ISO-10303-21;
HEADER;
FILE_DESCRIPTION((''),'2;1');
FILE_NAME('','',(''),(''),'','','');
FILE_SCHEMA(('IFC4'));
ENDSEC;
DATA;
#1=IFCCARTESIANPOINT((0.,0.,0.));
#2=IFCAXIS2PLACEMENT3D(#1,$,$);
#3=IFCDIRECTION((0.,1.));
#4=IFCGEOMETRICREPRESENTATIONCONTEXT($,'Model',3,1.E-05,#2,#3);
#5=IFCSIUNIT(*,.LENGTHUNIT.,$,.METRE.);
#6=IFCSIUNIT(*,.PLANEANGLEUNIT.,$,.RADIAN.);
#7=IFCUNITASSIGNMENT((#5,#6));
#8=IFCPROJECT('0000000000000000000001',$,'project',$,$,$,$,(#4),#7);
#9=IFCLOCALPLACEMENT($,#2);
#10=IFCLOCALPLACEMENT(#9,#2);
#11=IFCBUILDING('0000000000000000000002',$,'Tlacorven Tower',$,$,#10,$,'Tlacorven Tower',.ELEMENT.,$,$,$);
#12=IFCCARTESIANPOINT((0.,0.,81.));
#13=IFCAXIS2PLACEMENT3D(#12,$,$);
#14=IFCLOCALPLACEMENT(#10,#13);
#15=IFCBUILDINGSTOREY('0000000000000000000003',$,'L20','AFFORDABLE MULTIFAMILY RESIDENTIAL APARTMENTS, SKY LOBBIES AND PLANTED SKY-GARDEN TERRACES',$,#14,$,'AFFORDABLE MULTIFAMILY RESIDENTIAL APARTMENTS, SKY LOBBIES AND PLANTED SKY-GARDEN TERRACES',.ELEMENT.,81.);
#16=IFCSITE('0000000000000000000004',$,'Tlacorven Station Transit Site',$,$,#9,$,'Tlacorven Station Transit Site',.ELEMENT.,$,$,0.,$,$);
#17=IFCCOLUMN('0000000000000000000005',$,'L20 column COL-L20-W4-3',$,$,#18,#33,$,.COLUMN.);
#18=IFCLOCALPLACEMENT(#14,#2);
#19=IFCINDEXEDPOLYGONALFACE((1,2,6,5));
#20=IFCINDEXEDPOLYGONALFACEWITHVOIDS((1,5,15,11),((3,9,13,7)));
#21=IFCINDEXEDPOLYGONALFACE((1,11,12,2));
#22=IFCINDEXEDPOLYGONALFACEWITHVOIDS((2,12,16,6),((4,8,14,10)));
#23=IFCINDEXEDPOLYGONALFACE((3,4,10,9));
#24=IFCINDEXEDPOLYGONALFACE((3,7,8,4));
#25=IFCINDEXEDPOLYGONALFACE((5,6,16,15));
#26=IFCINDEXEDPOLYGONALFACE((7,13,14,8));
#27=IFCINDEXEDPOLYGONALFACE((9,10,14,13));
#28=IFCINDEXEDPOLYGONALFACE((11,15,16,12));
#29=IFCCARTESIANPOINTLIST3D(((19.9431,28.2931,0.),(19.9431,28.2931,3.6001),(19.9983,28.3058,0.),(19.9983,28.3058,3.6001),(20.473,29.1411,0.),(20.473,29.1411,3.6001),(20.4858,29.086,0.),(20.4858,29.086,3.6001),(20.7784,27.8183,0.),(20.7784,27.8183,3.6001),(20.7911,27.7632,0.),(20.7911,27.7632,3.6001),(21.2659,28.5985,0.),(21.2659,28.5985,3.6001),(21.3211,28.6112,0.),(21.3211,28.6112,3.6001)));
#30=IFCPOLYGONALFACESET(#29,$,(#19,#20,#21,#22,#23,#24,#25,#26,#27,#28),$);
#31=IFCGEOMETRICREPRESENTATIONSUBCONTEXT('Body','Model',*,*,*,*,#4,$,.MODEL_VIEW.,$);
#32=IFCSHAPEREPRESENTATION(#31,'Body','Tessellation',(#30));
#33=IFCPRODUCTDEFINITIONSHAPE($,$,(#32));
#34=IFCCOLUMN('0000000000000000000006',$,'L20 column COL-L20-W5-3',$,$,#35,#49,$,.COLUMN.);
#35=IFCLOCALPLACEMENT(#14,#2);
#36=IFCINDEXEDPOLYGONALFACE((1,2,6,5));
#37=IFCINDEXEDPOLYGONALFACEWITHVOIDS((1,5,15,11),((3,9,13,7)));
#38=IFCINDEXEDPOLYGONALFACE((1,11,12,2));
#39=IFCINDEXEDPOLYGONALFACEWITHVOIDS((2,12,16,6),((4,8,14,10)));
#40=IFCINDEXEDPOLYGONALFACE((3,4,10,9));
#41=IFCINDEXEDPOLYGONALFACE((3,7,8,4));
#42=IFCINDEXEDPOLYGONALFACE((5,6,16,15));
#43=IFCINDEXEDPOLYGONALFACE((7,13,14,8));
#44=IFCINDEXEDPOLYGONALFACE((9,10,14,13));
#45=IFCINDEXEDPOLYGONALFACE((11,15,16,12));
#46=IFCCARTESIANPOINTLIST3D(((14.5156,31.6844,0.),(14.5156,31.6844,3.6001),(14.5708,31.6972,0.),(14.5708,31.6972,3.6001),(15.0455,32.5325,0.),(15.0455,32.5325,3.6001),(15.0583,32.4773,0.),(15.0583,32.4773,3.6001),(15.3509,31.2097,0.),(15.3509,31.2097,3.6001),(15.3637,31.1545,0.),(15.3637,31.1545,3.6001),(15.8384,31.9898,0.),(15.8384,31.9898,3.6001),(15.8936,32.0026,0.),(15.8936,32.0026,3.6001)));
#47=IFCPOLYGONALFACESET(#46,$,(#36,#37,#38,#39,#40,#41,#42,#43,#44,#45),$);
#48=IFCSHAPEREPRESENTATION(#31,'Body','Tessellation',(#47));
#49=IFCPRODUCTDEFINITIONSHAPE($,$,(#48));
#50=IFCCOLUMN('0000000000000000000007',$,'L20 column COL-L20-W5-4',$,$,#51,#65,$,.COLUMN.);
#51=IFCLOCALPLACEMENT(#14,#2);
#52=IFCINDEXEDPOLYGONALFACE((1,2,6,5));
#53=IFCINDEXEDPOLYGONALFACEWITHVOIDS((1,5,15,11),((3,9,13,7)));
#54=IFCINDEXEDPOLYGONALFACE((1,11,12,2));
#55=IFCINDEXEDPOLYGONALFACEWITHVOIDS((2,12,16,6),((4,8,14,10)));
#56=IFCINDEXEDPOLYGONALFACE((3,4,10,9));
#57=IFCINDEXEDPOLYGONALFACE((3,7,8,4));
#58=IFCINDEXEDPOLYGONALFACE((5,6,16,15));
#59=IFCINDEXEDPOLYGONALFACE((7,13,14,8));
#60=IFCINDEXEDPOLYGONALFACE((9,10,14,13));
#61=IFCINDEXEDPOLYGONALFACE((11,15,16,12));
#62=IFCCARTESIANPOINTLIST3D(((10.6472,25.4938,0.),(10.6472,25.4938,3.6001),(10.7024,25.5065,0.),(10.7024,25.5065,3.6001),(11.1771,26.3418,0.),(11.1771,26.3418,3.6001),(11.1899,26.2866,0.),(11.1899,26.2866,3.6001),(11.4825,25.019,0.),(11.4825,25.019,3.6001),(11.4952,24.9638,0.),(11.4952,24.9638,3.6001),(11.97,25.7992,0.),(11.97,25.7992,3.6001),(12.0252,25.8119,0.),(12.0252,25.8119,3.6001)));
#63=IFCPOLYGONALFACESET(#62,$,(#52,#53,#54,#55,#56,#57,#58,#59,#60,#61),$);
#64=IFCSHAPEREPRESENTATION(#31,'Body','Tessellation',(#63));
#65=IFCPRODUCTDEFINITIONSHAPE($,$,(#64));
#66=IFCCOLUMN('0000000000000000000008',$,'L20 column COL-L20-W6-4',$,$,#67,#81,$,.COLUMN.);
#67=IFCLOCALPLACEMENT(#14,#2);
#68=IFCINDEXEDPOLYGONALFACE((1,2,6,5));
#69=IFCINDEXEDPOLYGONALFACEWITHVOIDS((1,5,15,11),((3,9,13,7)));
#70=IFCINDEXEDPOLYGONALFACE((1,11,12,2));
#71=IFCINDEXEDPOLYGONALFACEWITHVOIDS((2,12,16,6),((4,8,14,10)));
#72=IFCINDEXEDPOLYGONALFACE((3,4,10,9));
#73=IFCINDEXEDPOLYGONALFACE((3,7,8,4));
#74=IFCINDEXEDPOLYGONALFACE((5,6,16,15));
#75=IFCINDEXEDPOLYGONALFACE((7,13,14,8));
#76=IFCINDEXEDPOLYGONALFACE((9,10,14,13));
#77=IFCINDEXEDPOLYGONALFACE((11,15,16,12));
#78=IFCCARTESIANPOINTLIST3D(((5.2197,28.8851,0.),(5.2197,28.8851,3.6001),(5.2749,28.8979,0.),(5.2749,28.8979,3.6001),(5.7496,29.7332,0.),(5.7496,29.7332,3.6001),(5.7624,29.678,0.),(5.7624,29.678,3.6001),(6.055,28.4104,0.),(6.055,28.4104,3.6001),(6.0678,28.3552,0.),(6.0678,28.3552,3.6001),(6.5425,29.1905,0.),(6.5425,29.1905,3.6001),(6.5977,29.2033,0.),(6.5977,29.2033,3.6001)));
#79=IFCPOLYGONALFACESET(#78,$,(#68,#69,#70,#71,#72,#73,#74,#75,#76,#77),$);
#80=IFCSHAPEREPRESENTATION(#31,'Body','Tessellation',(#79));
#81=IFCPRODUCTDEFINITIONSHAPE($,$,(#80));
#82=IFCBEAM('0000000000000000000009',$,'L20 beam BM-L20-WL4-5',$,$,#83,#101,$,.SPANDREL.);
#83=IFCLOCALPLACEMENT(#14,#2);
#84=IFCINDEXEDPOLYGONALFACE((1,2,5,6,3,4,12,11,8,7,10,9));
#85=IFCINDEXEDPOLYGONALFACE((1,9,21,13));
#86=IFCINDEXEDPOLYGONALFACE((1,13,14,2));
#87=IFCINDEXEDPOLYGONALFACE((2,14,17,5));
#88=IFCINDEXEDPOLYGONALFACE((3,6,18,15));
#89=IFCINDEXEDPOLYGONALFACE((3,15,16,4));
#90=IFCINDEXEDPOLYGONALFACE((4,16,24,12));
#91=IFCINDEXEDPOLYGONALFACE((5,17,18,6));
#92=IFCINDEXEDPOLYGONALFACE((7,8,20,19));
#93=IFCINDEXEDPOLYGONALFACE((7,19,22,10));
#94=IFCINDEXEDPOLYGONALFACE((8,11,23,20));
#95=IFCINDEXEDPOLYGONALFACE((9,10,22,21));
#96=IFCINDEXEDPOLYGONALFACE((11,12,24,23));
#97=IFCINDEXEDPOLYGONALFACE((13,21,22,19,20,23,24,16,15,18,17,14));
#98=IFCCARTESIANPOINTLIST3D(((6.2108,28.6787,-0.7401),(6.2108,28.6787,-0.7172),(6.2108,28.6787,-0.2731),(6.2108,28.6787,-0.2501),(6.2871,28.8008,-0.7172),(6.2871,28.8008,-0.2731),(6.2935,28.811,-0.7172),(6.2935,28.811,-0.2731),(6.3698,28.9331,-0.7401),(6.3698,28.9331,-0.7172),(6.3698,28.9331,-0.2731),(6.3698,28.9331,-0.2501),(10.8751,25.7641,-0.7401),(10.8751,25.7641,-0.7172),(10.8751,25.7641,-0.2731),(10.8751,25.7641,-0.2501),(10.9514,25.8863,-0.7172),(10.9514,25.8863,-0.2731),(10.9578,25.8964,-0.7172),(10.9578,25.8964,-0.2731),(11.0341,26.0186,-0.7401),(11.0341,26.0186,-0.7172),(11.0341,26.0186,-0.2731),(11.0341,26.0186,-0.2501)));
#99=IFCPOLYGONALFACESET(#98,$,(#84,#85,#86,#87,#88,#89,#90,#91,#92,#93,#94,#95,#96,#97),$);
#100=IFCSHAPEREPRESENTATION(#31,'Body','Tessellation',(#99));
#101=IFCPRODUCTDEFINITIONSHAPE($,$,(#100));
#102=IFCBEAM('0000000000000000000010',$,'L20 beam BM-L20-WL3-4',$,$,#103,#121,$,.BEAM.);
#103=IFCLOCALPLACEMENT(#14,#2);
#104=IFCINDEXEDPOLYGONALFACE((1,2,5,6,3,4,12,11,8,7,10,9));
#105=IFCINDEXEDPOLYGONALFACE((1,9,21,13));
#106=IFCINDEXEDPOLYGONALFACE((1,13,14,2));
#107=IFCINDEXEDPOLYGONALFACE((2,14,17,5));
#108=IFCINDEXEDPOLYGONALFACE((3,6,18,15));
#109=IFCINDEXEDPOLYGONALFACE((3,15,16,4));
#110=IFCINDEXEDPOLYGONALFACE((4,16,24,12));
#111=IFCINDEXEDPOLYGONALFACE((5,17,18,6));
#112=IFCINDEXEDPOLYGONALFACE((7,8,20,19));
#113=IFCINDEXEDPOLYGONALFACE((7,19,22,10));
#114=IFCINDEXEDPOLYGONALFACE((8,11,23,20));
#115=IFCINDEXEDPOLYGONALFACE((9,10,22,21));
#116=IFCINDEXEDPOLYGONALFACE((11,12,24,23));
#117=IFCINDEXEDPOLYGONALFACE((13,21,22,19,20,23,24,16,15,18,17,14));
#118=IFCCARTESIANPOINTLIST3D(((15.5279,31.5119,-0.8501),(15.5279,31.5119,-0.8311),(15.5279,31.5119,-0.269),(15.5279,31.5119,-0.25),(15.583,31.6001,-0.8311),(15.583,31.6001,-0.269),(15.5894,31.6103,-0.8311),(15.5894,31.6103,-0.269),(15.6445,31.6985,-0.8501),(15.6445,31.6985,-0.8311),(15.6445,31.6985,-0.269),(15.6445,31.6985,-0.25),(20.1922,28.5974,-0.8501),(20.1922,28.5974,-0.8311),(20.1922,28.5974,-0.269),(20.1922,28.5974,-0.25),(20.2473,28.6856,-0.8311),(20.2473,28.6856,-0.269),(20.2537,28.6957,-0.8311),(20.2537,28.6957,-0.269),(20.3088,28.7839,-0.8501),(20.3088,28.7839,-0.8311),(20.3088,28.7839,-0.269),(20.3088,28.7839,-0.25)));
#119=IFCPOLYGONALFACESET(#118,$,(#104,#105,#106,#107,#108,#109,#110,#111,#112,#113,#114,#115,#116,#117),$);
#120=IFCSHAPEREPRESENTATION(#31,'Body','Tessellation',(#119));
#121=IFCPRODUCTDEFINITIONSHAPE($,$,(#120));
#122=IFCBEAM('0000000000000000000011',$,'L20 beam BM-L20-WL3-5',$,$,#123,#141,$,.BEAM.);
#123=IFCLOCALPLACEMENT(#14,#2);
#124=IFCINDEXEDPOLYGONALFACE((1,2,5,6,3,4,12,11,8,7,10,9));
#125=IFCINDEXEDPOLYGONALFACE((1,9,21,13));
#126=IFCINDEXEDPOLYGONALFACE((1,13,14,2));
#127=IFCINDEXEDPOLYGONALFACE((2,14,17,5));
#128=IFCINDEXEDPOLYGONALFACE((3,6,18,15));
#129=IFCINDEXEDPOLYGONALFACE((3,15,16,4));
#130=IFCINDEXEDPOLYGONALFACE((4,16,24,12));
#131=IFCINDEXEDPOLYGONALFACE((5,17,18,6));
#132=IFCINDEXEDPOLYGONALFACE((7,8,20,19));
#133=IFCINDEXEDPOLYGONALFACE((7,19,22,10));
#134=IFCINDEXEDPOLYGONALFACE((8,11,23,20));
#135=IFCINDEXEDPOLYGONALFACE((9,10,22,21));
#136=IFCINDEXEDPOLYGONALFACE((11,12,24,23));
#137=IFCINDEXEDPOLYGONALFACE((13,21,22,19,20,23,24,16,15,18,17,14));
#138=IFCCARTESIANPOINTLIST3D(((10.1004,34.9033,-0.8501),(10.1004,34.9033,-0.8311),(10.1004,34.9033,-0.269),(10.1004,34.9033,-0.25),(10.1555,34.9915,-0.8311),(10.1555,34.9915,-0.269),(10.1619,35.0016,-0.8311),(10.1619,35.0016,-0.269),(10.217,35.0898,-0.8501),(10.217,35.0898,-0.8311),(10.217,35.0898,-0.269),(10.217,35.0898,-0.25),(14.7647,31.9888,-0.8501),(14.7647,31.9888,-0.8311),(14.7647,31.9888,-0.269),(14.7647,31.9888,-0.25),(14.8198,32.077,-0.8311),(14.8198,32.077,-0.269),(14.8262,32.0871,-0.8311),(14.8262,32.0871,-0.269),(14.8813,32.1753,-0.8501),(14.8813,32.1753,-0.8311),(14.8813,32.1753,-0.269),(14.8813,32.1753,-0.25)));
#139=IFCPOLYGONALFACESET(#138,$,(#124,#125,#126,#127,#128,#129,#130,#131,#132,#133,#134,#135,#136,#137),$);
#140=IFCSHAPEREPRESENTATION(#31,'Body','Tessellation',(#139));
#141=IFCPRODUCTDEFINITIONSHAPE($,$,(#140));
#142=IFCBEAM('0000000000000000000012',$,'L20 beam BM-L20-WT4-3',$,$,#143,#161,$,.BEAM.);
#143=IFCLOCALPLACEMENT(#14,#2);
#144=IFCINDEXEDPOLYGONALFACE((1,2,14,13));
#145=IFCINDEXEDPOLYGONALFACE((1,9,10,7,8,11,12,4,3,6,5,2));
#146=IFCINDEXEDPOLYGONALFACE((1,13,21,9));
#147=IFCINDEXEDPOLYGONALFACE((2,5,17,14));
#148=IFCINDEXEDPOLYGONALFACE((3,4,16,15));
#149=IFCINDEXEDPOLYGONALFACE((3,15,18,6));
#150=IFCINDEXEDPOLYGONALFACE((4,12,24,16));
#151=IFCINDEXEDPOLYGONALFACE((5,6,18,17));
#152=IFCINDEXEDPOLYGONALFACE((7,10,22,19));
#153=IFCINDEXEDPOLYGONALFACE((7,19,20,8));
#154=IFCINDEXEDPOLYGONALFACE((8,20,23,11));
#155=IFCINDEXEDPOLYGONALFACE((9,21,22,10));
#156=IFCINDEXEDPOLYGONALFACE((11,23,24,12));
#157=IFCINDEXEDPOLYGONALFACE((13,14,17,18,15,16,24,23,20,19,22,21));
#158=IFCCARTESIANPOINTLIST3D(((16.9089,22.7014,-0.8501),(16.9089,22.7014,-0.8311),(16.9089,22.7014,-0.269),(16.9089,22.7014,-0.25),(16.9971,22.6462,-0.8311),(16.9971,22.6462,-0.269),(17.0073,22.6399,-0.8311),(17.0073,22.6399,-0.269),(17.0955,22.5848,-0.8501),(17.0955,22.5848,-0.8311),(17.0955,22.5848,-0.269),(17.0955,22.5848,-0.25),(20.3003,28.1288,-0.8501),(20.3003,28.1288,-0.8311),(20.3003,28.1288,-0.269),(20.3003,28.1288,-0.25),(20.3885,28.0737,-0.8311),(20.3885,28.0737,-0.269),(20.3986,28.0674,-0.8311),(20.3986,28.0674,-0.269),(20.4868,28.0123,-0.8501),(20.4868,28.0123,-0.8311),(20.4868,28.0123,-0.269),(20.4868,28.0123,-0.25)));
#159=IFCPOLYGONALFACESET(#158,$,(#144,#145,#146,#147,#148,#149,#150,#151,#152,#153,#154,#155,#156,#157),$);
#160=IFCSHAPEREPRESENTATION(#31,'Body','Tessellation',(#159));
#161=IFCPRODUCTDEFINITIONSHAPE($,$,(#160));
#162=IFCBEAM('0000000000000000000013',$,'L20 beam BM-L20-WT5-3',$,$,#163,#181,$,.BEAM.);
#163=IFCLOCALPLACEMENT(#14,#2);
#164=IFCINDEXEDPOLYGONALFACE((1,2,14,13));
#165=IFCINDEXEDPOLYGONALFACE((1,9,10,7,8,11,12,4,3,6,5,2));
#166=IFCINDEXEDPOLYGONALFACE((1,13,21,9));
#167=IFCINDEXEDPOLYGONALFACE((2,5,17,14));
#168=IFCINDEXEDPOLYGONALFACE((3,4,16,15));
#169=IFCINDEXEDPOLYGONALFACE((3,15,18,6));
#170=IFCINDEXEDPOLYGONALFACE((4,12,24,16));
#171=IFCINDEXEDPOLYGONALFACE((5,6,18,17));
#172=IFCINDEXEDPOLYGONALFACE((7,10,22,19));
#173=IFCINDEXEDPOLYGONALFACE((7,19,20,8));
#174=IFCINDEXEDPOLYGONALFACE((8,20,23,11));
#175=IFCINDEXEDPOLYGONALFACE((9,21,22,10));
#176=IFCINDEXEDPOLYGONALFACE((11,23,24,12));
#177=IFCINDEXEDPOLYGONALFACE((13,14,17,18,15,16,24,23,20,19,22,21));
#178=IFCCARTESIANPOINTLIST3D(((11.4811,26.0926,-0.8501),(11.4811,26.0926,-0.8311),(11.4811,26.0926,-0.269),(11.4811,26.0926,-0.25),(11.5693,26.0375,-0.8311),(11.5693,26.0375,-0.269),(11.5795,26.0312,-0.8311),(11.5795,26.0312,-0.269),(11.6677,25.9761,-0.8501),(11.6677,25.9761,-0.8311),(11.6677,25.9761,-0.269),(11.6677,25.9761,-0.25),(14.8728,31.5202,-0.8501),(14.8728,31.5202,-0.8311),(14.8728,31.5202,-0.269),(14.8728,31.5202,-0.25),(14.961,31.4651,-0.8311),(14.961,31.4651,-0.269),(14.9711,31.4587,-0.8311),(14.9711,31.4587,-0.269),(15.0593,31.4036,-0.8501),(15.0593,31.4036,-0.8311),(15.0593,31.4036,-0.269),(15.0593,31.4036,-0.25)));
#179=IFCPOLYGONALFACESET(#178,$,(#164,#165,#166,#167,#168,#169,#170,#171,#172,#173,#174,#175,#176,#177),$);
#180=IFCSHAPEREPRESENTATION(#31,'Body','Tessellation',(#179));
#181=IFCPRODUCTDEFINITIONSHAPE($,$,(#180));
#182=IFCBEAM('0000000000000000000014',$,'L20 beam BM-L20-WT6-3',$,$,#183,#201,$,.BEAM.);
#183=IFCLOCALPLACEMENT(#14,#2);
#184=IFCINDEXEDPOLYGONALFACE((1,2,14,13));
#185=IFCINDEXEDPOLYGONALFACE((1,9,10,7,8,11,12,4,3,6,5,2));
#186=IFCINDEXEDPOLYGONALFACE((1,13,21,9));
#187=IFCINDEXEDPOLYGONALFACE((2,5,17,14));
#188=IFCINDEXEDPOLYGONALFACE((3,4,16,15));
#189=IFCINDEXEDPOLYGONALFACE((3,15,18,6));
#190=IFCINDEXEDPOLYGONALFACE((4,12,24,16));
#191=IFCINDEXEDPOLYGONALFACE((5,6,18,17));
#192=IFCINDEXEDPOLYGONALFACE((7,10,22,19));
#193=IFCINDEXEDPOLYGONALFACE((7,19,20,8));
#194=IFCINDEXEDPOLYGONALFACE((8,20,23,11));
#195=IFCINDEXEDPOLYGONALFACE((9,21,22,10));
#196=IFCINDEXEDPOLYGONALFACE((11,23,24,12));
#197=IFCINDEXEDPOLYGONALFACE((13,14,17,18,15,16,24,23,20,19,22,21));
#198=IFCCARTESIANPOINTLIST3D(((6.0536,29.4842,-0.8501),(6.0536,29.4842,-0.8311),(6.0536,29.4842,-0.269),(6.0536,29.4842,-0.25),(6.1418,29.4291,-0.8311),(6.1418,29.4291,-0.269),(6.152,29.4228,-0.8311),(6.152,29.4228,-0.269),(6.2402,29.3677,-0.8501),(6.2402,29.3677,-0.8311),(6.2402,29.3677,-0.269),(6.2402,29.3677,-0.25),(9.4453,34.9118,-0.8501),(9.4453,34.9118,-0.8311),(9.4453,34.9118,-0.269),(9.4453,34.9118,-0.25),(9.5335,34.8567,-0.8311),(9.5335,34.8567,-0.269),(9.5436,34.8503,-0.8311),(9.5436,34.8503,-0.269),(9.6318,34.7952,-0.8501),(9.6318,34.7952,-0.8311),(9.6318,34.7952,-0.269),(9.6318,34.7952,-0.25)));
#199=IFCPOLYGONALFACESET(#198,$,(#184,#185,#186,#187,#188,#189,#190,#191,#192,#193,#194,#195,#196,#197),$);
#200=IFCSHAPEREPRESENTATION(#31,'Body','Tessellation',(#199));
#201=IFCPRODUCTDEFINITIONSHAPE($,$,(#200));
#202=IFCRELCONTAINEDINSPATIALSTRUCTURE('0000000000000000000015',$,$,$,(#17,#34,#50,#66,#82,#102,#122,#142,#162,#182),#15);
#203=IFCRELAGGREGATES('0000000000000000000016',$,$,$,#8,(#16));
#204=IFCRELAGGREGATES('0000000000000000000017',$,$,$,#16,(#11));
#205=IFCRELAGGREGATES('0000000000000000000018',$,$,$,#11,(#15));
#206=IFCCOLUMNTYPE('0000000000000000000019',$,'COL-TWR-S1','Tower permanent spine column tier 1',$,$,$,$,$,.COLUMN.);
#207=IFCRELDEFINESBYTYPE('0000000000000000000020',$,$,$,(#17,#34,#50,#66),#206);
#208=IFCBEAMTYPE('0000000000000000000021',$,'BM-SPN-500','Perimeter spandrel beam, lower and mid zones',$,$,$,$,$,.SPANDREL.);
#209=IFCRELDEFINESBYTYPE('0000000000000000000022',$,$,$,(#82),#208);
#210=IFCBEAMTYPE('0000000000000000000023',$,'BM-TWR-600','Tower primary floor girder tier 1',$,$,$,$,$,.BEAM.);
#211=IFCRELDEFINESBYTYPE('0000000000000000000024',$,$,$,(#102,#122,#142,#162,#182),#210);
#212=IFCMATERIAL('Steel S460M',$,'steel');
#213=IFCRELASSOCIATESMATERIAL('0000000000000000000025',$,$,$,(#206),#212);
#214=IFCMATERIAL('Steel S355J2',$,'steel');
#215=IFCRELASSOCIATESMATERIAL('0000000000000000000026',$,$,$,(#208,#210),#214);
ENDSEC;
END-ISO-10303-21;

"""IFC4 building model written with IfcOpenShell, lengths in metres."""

from ifc_helpers import new_model, si_unit, direction, frame, origin, origin_2d, place, context, subcontext, project, spatial, hollow_rectangle, i_section, extrude, source, transform, mapped, material, material_profile, profile_set, type_object, element, save


model = new_model("IFC4")

# Units and contexts
model_context = context("Model", 3, precision=1e-05, world=origin(), true_north=direction((0.0, 1.0)))
body_context = subcontext(model_context, "Body", "Model", "MODEL_VIEW")
ifc_project = project(units=[si_unit("LENGTHUNIT", "METRE"), si_unit("PLANEANGLEUNIT", "RADIAN")], contexts=[model_context])

# Site, building, storey
site_placement = place(None, origin())
site = spatial("IfcSite", under=ifc_project, at=site_placement, Name="Tlacorven Station Transit Site", LongName="Tlacorven Station Transit Site", CompositionType="ELEMENT", RefElevation=0.0)
building_placement = place(site_placement, origin())
building = spatial("IfcBuilding", under=site, at=building_placement, Name="Tlacorven Tower", LongName="Tlacorven Tower", CompositionType="ELEMENT")
storey_placement = place(building_placement, frame((0.0, 0.0, 81.0)))
storey = spatial("IfcBuildingStorey", under=building, at=storey_placement, Name="L20", Description="AFFORDABLE MULTIFAMILY RESIDENTIAL APARTMENTS, SKY LOBBIES AND PLANTED SKY-GARDEN TERRACES", LongName="AFFORDABLE MULTIFAMILY RESIDENTIAL APARTMENTS, SKY LOBBIES AND PLANTED SKY-GARDEN TERRACES", CompositionType="ELEMENT", Elevation=81.0)

# Columns
ifc_material_1 = material(Name="Steel S460M", Category="steel")
ifc_material_profile_1 = material_profile(ifc_material_1, hollow_rectangle(XDim=1.0, YDim=1.0, WallThickness=0.04, at=origin_2d()), Name="BOX 1000X1000X40")
ifc_profile_set_1 = profile_set([ifc_material_profile_1], Name="Steel S460M")
column_type = type_object("IfcColumnType", Name="COL-TWR-S1", Description="Tower permanent spine column tier 1", PredefinedType="COLUMN", material=ifc_profile_set_1)
shared_shape_1 = source(origin(), body_context, "Body", "SweptSolid", [
    extrude(hollow_rectangle(XDim=1.0, YDim=1.0, WallThickness=0.04, at=origin_2d()), origin(), (0.0, 0.0, 1.0), 3.6001),
])
for number, where, z_axis, x_axis, name in (
    (1, (20.6321, 28.4521, 0.0), (0.0, 0.0, 1.0), (-0.848048, 0.529919, 0.0), "L20 column COL-L20-W4-3"),
    (2, (15.2046, 31.8435, 0.0), (0.0, 0.0, 1.0), (-0.848048, 0.529919, 0.0), "L20 column COL-L20-W5-3"),
    (3, (11.3362, 25.6528, 0.0), (0.0, 0.0, 1.0), (-0.848048, 0.529919, 0.0), "L20 column COL-L20-W5-4"),
    (4, (5.9087, 29.0442, 0.0), (0.0, 0.0, 1.0), (-0.848048, 0.529919, 0.0), "L20 column COL-L20-W6-4"),
):
    element("IfcColumn", number, at=place(storey_placement, frame(where, z_axis=z_axis, x_axis=x_axis)), inside=storey, type_object=column_type, Name=name, PredefinedType="COLUMN", context=body_context, shape_type="MappedRepresentation", body=[
        mapped(shared_shape_1, transform((0.0, 0.0, 0.0), scale=1.0)),
    ])

# Beams
ifc_material_2 = material(Name="Steel S355J2", Category="steel")
ifc_material_profile_2 = material_profile(ifc_material_2, i_section(OverallWidth=0.3, OverallDepth=0.49, WebThickness=0.012, FlangeThickness=0.0229, at=origin_2d()), Name="HEA 500")
ifc_profile_set_2 = profile_set([ifc_material_profile_2], Name="Steel S355J2")
beam_type_1 = type_object("IfcBeamType", Name="BM-SPN-500", Description="Perimeter spandrel beam, lower and mid zones", PredefinedType="SPANDREL", material=ifc_profile_set_2)
shared_shape_2 = source(origin(), body_context, "Body", "SweptSolid", [
    extrude(i_section(OverallWidth=0.3, OverallDepth=0.49, WebThickness=0.012, FlangeThickness=0.0229, at=origin_2d()), origin(), (0.0, 0.0, 1.0), 5.5),
])
beam_1_placement = place(storey_placement, frame((10.9546, 25.8914, -0.4951), z_axis=(-0.848051, 0.529915, 0.0), x_axis=(-0.529915, -0.848051, 0.0)))
element("IfcBeam", 5, at=beam_1_placement, inside=storey, type_object=beam_type_1, Name="L20 beam BM-L20-WL4-5", PredefinedType="SPANDREL", context=body_context, shape_type="MappedRepresentation", body=[
    mapped(shared_shape_2, transform((0.0, 0.0, 0.0), scale=1.0)),
])
ifc_material_profile_3 = material_profile(ifc_material_2, i_section(OverallWidth=0.22, OverallDepth=0.6001, WebThickness=0.012, FlangeThickness=0.019, at=origin_2d()), Name="IPE 600")
ifc_profile_set_3 = profile_set([ifc_material_profile_3], Name="Steel S355J2")
beam_type_2 = type_object("IfcBeamType", Name="BM-TWR-600", Description="Tower primary floor girder tier 1", PredefinedType="BEAM", material=ifc_profile_set_3)
shared_shape_3 = source(origin(), body_context, "Body", "SweptSolid", [
    extrude(i_section(OverallWidth=0.22, OverallDepth=0.6001, WebThickness=0.012, FlangeThickness=0.019, at=origin_2d()), origin(), (0.0, 0.0, 1.0), 5.5),
])
for number, where, z_axis, x_axis, name in (
    (6, (20.2505, 28.6907, -0.55), (-0.848051, 0.529915, 0.0), (-0.529915, -0.848051, 0.0), "L20 beam BM-L20-WL3-4"),
    (7, (14.823, 32.082, -0.55), (-0.848051, 0.529915, 0.0), (-0.529915, -0.848051, 0.0), "L20 beam BM-L20-WL3-5"),
):
    element("IfcBeam", number, at=place(storey_placement, frame(where, z_axis=z_axis, x_axis=x_axis)), inside=storey, type_object=beam_type_2, Name=name, PredefinedType="BEAM", context=body_context, shape_type="MappedRepresentation", body=[
        mapped(shared_shape_3, transform((0.0, 0.0, 0.0), scale=1.0)),
    ])
shared_shape_4 = source(origin(), body_context, "Body", "SweptSolid", [
    extrude(i_section(OverallWidth=0.22, OverallDepth=0.6001, WebThickness=0.012, FlangeThickness=0.019, at=origin_2d()), origin(), (0.0, 0.0, 1.0), 6.3999),
])
beam_2_placement = place(storey_placement, frame((20.3936, 28.0706, -0.55), z_axis=(-0.529906, -0.848056, 0.0), x_axis=(0.848056, -0.529906, 0.0)))
element("IfcBeam", 8, at=beam_2_placement, inside=storey, type_object=beam_type_2, Name="L20 beam BM-L20-WT4-3", PredefinedType="BEAM", context=body_context, shape_type="MappedRepresentation", body=[
    mapped(shared_shape_4, transform((0.0, 0.0, 0.0), scale=1.0)),
])
shared_shape_5 = source(origin(), body_context, "Body", "SweptSolid", [
    extrude(i_section(OverallWidth=0.22, OverallDepth=0.6001, WebThickness=0.012, FlangeThickness=0.019, at=origin_2d()), origin(), (0.0, 0.0, 1.0), 6.4001),
])
for number, where, z_axis, x_axis, name in (
    (9, (14.9661, 31.4619, -0.55), (-0.529934, -0.848039, 0.0), (0.848039, -0.529934, 0.0), "L20 beam BM-L20-WT5-3"),
    (10, (9.5386, 34.8535, -0.55), (-0.529934, -0.848039, 0.0), (0.848039, -0.529934, 0.0), "L20 beam BM-L20-WT6-3"),
):
    element("IfcBeam", number, at=place(storey_placement, frame(where, z_axis=z_axis, x_axis=x_axis)), inside=storey, type_object=beam_type_2, Name=name, PredefinedType="BEAM", context=body_context, shape_type="MappedRepresentation", body=[
        mapped(shared_shape_5, transform((0.0, 0.0, 0.0), scale=1.0)),
    ])

save(model, "model.ifc")
